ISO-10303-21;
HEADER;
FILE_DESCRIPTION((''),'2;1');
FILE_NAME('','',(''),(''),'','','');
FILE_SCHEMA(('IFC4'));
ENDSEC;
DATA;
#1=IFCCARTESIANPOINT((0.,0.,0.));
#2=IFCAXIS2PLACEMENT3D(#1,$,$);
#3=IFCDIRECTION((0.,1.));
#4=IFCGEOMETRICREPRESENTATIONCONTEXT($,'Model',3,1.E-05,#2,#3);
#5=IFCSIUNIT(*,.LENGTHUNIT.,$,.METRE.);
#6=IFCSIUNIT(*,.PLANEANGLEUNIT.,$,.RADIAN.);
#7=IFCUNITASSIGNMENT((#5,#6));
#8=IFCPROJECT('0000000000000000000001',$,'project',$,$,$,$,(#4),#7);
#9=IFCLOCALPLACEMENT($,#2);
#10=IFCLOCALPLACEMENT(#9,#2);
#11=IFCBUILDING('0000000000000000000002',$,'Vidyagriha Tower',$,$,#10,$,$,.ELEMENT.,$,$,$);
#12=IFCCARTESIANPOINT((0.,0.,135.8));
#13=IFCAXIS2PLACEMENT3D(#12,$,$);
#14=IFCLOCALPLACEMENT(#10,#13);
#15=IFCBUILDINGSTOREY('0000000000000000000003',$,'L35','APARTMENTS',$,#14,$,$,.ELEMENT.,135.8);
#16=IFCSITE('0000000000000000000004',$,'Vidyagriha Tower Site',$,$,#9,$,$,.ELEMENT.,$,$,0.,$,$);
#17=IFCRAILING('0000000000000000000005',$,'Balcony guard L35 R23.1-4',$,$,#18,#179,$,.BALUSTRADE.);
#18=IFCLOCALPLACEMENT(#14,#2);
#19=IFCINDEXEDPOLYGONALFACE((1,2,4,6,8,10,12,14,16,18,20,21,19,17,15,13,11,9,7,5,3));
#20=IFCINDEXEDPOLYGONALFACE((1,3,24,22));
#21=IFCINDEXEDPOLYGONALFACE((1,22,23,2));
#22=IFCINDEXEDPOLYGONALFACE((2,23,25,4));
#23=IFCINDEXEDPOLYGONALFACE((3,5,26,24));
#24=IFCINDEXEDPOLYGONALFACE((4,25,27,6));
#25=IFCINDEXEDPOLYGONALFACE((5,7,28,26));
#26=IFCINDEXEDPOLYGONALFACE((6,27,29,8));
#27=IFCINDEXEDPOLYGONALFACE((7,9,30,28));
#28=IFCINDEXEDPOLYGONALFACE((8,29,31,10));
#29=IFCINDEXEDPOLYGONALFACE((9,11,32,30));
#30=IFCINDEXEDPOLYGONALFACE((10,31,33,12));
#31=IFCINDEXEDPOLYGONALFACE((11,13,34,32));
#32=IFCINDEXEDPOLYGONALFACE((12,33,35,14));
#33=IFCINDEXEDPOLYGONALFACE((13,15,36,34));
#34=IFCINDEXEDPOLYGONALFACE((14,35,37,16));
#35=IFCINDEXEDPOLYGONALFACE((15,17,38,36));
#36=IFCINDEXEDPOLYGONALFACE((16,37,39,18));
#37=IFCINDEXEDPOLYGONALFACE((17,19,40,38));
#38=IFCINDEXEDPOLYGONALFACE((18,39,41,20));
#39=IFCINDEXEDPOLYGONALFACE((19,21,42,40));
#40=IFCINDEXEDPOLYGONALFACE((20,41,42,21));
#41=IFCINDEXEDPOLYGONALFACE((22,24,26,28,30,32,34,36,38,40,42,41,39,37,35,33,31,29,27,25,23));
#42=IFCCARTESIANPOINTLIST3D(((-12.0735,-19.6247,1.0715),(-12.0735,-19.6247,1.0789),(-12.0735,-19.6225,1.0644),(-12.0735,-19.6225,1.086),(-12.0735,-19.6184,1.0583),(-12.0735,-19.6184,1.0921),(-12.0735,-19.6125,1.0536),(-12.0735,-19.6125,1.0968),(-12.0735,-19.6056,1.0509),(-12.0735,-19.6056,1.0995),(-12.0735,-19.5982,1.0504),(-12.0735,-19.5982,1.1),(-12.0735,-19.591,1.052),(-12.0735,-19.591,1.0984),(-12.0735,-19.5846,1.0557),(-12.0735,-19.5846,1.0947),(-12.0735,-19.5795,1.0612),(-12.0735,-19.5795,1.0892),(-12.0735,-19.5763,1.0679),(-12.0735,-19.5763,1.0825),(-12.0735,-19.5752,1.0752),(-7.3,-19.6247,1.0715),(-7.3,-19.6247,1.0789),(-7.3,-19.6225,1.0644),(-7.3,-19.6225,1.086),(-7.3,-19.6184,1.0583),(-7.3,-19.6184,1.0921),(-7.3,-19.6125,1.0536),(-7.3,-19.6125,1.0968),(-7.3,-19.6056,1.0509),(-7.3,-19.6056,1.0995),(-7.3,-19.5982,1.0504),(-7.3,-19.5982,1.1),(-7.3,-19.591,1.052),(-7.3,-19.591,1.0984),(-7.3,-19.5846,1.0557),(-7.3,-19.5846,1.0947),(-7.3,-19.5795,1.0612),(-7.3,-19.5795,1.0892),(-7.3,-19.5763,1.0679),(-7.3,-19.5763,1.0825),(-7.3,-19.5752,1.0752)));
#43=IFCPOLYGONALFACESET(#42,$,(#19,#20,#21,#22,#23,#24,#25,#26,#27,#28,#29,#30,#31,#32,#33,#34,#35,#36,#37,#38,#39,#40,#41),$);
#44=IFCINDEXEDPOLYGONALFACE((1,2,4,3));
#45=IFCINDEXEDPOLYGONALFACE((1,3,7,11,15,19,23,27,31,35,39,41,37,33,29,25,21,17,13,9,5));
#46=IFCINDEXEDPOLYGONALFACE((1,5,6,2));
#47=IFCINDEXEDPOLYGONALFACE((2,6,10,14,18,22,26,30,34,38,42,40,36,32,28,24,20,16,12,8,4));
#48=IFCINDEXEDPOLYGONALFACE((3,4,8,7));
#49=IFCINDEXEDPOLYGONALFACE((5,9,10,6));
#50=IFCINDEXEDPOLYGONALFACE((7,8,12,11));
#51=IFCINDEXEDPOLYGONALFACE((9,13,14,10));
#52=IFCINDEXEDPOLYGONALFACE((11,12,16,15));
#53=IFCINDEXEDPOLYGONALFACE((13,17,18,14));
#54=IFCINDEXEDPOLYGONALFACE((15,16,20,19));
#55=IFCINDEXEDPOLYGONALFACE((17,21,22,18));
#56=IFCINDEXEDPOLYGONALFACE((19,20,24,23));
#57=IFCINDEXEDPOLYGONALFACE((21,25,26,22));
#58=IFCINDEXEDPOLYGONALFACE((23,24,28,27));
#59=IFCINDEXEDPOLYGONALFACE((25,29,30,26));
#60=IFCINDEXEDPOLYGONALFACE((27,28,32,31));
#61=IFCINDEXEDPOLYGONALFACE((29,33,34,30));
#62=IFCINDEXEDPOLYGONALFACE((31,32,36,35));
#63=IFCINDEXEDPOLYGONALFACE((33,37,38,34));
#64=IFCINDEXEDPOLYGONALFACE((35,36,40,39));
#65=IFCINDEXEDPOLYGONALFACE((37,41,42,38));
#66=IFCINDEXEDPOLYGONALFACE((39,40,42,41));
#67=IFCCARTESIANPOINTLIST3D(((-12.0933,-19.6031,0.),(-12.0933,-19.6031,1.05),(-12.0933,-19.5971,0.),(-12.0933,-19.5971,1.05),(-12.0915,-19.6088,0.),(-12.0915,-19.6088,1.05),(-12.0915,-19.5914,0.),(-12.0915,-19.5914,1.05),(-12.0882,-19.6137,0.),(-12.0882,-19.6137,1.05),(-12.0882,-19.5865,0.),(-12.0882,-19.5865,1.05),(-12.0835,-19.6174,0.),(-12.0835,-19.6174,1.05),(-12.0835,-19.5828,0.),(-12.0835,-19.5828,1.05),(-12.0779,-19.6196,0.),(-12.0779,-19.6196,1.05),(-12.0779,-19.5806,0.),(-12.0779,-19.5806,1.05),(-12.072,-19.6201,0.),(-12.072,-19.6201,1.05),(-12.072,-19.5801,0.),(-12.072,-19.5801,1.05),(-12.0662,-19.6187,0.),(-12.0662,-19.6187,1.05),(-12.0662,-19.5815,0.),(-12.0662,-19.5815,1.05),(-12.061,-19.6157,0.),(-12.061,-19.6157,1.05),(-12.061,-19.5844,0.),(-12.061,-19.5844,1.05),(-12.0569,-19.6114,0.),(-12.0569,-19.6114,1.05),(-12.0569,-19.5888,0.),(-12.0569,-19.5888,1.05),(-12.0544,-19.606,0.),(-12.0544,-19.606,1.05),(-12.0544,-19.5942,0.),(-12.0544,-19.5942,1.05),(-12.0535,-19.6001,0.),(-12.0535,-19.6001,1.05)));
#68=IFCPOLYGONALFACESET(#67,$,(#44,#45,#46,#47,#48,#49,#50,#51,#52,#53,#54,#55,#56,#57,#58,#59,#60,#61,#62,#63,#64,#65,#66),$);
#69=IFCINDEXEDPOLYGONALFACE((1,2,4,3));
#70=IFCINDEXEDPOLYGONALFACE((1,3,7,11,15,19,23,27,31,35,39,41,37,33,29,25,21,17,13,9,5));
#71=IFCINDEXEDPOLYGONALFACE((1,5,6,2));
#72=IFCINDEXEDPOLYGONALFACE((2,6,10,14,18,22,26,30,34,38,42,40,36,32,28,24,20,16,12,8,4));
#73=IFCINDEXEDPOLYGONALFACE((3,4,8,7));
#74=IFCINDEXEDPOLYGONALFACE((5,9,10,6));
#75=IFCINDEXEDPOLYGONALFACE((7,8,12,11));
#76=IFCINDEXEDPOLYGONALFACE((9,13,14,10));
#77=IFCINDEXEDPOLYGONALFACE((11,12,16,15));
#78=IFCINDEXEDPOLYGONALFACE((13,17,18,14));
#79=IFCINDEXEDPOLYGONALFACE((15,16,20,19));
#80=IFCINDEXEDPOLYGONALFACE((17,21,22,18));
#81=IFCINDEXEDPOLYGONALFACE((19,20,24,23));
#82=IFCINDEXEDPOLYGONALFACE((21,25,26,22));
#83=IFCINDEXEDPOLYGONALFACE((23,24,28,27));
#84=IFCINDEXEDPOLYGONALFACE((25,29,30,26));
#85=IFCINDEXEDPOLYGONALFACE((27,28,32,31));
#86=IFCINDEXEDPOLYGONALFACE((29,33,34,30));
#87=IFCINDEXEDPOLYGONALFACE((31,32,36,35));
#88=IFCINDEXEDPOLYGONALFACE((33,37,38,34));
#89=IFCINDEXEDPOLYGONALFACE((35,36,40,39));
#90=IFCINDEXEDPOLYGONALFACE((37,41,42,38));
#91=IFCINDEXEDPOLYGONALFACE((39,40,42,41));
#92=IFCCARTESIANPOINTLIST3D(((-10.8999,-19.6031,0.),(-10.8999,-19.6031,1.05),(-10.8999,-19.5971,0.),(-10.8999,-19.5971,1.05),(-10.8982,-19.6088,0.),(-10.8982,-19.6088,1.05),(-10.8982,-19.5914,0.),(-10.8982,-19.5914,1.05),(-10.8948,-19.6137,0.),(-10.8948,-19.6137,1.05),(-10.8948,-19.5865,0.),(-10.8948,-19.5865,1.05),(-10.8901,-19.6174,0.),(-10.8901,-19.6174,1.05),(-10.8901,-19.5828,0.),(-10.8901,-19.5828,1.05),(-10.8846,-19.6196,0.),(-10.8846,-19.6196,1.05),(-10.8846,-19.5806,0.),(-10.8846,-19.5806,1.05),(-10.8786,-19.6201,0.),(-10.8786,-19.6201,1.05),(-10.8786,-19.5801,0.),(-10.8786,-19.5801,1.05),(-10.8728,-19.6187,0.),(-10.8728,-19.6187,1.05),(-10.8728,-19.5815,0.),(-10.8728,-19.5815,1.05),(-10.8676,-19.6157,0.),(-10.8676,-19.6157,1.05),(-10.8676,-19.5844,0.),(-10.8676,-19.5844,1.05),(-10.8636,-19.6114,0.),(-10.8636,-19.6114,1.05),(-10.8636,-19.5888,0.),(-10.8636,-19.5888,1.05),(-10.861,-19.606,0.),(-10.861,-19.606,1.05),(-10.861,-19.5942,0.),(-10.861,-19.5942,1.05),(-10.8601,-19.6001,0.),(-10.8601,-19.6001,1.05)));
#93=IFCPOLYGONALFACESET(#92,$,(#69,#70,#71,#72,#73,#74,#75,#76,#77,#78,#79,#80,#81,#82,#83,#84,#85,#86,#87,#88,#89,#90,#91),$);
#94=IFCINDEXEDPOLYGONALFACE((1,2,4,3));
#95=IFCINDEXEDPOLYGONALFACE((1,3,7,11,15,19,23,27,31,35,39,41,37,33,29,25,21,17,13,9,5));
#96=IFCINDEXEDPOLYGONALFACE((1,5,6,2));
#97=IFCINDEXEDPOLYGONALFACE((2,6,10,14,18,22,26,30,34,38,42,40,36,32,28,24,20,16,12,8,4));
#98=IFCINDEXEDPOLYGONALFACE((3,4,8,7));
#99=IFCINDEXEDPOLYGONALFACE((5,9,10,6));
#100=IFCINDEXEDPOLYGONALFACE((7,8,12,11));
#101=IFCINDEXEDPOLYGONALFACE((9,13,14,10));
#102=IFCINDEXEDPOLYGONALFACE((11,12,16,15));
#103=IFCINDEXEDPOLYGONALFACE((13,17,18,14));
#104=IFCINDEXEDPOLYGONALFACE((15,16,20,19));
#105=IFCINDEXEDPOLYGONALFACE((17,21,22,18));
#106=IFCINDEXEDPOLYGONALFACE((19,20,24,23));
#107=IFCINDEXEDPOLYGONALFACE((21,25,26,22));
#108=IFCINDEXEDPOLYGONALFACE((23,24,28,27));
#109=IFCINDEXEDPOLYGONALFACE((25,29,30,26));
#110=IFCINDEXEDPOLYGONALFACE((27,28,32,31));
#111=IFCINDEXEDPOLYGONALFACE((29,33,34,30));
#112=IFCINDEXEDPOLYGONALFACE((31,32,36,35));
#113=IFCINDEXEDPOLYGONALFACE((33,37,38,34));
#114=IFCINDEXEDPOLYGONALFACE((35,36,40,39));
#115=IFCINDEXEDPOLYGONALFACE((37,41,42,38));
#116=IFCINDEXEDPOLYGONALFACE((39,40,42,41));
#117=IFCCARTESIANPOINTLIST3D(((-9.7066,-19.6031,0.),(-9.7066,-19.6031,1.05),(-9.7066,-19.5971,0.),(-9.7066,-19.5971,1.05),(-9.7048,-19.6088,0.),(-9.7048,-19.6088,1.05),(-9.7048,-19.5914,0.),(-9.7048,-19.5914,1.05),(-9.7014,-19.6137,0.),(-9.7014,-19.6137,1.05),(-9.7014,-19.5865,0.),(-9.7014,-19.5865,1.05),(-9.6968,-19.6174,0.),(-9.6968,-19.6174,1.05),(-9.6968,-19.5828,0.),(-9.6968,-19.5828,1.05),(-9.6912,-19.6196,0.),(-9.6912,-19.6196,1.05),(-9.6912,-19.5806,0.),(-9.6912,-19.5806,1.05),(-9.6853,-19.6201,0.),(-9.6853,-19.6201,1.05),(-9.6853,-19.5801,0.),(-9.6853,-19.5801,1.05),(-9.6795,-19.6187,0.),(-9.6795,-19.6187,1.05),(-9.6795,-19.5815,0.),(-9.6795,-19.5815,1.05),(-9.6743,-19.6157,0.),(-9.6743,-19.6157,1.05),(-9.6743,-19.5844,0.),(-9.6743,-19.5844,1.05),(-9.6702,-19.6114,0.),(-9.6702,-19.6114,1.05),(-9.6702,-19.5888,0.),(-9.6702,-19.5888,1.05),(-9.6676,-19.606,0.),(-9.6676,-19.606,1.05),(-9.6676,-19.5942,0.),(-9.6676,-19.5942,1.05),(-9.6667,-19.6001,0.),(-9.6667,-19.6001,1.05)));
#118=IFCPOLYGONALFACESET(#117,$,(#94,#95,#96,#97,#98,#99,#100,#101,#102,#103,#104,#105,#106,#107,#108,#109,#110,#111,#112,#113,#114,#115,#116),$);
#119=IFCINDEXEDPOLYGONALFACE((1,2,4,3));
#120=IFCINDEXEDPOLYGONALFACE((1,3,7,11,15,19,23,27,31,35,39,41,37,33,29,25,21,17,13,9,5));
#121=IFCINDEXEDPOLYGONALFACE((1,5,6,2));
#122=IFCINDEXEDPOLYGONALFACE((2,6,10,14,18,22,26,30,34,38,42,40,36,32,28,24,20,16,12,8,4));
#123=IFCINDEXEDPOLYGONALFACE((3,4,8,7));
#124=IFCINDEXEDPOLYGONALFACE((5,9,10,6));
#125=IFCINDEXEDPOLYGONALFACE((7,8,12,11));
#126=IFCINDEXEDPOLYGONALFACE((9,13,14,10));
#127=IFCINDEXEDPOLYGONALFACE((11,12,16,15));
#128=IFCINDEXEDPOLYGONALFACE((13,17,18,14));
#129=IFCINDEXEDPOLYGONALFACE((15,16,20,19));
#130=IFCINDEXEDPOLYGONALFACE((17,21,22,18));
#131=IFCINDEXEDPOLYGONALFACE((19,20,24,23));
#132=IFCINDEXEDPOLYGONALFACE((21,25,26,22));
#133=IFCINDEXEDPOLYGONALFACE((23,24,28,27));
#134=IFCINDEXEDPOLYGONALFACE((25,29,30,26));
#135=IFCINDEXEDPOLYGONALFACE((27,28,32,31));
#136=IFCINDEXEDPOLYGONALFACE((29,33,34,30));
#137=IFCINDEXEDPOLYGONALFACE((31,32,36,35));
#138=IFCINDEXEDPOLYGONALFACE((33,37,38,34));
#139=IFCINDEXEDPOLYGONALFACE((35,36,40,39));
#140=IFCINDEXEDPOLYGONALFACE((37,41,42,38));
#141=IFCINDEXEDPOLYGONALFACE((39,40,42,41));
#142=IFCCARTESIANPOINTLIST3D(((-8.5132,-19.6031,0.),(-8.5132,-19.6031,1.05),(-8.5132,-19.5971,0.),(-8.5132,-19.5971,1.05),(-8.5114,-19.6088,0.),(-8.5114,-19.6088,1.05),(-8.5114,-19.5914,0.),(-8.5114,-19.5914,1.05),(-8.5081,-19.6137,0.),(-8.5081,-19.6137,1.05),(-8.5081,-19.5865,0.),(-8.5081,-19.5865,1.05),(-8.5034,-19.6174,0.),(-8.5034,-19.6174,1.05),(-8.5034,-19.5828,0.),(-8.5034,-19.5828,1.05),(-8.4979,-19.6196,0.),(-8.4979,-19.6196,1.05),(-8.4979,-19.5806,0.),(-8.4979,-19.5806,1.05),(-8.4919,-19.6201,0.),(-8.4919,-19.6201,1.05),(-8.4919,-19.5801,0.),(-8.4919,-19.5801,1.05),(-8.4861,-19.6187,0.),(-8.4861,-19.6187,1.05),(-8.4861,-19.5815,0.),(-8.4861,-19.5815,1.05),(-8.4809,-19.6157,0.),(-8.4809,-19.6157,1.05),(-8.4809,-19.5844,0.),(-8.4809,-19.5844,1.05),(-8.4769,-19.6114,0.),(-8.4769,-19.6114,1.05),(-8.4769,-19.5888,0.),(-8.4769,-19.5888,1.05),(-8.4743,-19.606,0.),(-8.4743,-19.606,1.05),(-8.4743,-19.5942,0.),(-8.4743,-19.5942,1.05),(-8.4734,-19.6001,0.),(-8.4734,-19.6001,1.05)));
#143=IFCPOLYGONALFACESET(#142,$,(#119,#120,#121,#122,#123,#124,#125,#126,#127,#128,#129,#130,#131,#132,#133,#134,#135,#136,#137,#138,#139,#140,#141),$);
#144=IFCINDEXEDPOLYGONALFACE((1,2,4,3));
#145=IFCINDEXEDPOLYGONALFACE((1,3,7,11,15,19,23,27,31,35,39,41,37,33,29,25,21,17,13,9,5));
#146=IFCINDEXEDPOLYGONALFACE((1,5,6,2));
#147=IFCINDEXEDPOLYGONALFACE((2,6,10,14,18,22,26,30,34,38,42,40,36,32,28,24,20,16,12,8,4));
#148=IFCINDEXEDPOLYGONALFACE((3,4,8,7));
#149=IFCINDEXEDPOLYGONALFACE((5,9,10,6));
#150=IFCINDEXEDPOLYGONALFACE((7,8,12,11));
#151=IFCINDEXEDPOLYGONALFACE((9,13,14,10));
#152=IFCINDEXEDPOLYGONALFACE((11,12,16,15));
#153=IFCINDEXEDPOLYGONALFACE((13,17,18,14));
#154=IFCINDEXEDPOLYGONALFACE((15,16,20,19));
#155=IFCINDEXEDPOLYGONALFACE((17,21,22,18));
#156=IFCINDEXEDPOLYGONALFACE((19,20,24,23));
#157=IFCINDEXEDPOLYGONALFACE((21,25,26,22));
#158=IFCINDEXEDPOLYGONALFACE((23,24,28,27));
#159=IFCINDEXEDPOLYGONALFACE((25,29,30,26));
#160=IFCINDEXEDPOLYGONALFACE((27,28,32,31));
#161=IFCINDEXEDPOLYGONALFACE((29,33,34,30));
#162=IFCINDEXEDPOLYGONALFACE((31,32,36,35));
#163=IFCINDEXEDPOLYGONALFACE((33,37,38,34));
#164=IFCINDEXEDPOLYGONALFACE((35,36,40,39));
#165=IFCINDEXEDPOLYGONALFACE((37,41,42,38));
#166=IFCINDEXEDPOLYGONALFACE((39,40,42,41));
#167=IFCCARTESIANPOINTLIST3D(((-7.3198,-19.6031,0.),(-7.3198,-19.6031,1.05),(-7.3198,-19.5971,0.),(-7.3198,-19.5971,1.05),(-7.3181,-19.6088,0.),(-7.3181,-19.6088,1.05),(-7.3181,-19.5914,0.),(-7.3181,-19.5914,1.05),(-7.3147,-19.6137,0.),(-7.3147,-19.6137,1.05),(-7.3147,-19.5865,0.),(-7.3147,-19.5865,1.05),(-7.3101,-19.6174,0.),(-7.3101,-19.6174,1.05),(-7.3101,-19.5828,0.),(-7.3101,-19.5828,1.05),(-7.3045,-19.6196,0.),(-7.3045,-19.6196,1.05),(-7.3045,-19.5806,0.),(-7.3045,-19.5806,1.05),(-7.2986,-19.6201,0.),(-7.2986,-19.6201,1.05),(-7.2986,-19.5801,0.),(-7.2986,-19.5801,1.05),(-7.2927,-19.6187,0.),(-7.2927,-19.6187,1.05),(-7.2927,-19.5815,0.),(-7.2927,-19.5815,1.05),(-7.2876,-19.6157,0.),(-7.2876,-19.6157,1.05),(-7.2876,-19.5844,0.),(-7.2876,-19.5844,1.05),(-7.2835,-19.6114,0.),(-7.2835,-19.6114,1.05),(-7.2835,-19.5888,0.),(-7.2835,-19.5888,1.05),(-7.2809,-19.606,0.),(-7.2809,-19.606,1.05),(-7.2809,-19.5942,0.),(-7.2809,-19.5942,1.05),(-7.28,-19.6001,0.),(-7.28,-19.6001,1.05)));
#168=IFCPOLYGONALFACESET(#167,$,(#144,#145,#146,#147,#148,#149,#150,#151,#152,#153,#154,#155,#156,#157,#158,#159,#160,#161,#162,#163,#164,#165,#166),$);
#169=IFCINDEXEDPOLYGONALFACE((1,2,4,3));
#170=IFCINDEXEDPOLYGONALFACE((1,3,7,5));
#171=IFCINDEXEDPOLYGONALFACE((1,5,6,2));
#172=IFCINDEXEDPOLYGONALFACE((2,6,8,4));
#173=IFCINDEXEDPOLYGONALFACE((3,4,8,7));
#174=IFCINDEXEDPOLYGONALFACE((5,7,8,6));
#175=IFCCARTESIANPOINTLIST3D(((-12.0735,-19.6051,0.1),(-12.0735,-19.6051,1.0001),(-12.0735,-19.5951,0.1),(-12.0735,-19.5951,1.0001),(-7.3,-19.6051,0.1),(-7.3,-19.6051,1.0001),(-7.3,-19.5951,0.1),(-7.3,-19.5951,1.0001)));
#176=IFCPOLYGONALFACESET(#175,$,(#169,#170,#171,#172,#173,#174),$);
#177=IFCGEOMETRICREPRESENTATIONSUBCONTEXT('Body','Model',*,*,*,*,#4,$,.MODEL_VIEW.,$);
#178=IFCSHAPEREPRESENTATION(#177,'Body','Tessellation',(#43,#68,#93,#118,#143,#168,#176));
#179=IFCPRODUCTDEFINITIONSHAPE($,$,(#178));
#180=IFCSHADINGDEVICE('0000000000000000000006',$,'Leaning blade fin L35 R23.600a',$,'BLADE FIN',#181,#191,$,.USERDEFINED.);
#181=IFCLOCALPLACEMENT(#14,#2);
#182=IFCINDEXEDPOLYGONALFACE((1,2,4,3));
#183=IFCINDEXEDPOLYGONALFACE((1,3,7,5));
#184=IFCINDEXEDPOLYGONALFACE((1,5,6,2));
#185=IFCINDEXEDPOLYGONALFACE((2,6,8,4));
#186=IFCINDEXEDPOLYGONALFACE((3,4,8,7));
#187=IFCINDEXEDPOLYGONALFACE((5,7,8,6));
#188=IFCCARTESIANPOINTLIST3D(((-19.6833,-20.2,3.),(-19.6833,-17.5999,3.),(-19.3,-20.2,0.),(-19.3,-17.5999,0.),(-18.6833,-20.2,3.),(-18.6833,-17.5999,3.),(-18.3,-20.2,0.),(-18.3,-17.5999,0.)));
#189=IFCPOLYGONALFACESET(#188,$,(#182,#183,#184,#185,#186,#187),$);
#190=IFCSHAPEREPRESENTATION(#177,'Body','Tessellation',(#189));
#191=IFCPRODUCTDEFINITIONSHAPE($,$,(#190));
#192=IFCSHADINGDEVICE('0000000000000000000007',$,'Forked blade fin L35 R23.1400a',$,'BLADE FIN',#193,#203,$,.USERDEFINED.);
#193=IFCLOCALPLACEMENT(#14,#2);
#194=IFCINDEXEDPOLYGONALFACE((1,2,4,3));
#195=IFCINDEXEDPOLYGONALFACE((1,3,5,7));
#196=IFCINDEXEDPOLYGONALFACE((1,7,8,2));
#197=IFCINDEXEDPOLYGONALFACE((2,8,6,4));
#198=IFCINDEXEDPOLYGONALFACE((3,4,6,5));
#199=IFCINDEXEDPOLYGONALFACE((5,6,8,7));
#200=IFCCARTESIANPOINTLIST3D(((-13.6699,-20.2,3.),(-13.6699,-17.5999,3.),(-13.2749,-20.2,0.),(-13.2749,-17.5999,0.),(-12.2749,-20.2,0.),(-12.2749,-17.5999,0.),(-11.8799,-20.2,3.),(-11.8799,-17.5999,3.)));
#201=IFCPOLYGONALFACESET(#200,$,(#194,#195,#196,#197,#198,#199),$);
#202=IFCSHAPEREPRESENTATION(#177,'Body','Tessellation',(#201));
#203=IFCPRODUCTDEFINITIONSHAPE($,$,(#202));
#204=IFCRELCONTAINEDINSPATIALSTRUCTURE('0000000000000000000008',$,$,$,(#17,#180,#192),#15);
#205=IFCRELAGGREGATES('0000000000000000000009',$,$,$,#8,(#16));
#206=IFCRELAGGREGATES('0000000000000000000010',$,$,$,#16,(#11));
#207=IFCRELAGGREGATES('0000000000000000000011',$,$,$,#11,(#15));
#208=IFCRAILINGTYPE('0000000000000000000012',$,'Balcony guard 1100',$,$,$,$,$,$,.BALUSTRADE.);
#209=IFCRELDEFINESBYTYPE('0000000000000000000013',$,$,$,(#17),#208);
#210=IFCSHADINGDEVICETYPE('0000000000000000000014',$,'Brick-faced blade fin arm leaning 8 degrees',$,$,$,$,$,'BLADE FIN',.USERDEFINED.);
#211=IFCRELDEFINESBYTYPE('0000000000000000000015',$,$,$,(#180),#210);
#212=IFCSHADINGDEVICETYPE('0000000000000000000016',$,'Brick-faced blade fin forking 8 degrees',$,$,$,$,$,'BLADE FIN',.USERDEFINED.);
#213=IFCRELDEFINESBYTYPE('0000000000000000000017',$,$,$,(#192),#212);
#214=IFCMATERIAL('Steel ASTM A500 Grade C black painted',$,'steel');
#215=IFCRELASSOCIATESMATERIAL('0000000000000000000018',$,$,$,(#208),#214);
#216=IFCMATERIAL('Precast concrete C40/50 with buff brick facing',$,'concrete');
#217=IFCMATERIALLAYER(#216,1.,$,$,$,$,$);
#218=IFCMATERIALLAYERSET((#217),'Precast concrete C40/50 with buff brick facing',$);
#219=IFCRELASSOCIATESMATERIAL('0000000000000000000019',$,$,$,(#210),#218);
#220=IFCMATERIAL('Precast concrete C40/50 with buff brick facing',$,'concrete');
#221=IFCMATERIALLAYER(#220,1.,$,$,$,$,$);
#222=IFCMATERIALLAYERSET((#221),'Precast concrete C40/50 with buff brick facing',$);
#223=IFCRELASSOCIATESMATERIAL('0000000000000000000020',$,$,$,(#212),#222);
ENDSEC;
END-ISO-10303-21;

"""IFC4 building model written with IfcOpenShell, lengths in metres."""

from ifc_helpers import new_model, si_unit, direction, frame, origin, origin_2d, place, context, subcontext, project, spatial, polyline, rectangle, circle, outline, extrude, material, layer, layer_set, type_object, element, save


model = new_model("IFC4")

# Units and contexts
model_context = context("Model", 3, precision=1e-05, world=origin(), true_north=direction((0.0, 1.0)))
body_context = subcontext(model_context, "Body", "Model", "MODEL_VIEW")
ifc_project = project(units=[si_unit("LENGTHUNIT", "METRE"), si_unit("PLANEANGLEUNIT", "RADIAN")], contexts=[model_context])

# Site, building, storey
site_placement = place(None, origin())
site = spatial("IfcSite", under=ifc_project, at=site_placement, Name="Vidyagriha Tower Site", CompositionType="ELEMENT", RefElevation=0.0)
building_placement = place(site_placement, origin())
building = spatial("IfcBuilding", under=site, at=building_placement, Name="Vidyagriha Tower", CompositionType="ELEMENT")
storey_placement = place(building_placement, frame((0.0, 0.0, 135.8)))
storey = spatial("IfcBuildingStorey", under=building, at=storey_placement, Name="L35", Description="APARTMENTS", CompositionType="ELEMENT", Elevation=135.8)

# Railing
ifc_material_1 = material(Name="Steel ASTM A500 Grade C black painted", Category="steel")
railing_type = type_object("IfcRailingType", Name="Balcony guard 1100", PredefinedType="BALUSTRADE", material=ifc_material_1)
railing_1_placement = place(storey_placement, frame((-12.0735, -19.6001, 0.0)))
element("IfcRailing", 1, at=railing_1_placement, inside=storey, type_object=railing_type, Name="Balcony guard L35 R23.1-4", PredefinedType="BALUSTRADE", context=body_context, shape_type="SweptSolid", body=[
    extrude(circle(Radius=0.0249, at=origin_2d()), frame((0.0, 0.0, 1.0752), z_axis=(1.0, 0.0, 0.0), x_axis=(0.0, 1.0, 0.0)), (0.0, 0.0, 1.0), 4.7734),
    extrude(circle(Radius=0.02, at=origin_2d()), origin(), (0.0, 0.0, 1.0), 1.05),
    extrude(circle(Radius=0.02, at=origin_2d()), frame((1.1934, 0.0, 0.0)), (0.0, 0.0, 1.0), 1.05),
    extrude(circle(Radius=0.02, at=origin_2d()), frame((2.3867, 0.0, 0.0)), (0.0, 0.0, 1.0), 1.05),
    extrude(circle(Radius=0.02, at=origin_2d()), frame((3.5801, 0.0, 0.0)), (0.0, 0.0, 1.0), 1.05),
    extrude(circle(Radius=0.02, at=origin_2d()), frame((4.7734, 0.0, 0.0)), (0.0, 0.0, 1.0), 1.05),
    extrude(rectangle(XDim=0.01, YDim=0.9001, at=origin_2d()), frame((0.0, 0.0, 0.55), z_axis=(1.0, 0.0, 0.0), x_axis=(0.0, 1.0, 0.0)), (0.0, 0.0, 1.0), 4.7734),
])

# Shading devices
ifc_material_2 = material(Name="Precast concrete C40/50 with buff brick facing", Category="concrete")
ifc_layer_1 = layer(ifc_material_2, 1.0)
ifc_layer_set_1 = layer_set([ifc_layer_1], Name="Precast concrete C40/50 with buff brick facing")
shading_device_type_1 = type_object("IfcShadingDeviceType", Name="Brick-faced blade fin arm leaning 8 degrees", ElementType="BLADE FIN", PredefinedType="USERDEFINED", material=ifc_layer_set_1)
shading_device_1_placement = place(storey_placement, frame((-19.6833, -18.8999, 0.0)))
element("IfcShadingDevice", 2, at=shading_device_1_placement, inside=storey, type_object=shading_device_type_1, Name="Leaning blade fin L35 R23.600a", ObjectType="BLADE FIN", PredefinedType="USERDEFINED", context=body_context, shape_type="SweptSolid", body=[
    extrude(outline(polyline([(0.3833, 0.0), (1.3833, 0.0), (1.0, 3.0), (0.0, 3.0), (0.3833, 0.0)])), frame((0.0, 1.3, 0.0), z_axis=(0.0, -1.0, 0.0), x_axis=(1.0, 0.0, 0.0)), (0.0, 0.0, 1.0), 2.6001),
])
ifc_material_3 = material(Name="Precast concrete C40/50 with buff brick facing", Category="concrete")
ifc_layer_2 = layer(ifc_material_3, 1.0)
ifc_layer_set_2 = layer_set([ifc_layer_2], Name="Precast concrete C40/50 with buff brick facing")
shading_device_type_2 = type_object("IfcShadingDeviceType", Name="Brick-faced blade fin forking 8 degrees", ElementType="BLADE FIN", PredefinedType="USERDEFINED", material=ifc_layer_set_2)
shading_device_2_placement = place(storey_placement, frame((-13.6699, -18.8999, 0.0)))
element("IfcShadingDevice", 3, at=shading_device_2_placement, inside=storey, type_object=shading_device_type_2, Name="Forked blade fin L35 R23.1400a", ObjectType="BLADE FIN", PredefinedType="USERDEFINED", context=body_context, shape_type="SweptSolid", body=[
    extrude(outline(polyline([(0.395, 0.0), (1.395, 0.0), (1.79, 3.0), (0.0, 3.0), (0.395, 0.0)])), frame((0.0, 1.3, 0.0), z_axis=(0.0, -1.0, 0.0), x_axis=(1.0, 0.0, 0.0)), (0.0, 0.0, 1.0), 2.6001),
])

save(model, "model.ifc")
